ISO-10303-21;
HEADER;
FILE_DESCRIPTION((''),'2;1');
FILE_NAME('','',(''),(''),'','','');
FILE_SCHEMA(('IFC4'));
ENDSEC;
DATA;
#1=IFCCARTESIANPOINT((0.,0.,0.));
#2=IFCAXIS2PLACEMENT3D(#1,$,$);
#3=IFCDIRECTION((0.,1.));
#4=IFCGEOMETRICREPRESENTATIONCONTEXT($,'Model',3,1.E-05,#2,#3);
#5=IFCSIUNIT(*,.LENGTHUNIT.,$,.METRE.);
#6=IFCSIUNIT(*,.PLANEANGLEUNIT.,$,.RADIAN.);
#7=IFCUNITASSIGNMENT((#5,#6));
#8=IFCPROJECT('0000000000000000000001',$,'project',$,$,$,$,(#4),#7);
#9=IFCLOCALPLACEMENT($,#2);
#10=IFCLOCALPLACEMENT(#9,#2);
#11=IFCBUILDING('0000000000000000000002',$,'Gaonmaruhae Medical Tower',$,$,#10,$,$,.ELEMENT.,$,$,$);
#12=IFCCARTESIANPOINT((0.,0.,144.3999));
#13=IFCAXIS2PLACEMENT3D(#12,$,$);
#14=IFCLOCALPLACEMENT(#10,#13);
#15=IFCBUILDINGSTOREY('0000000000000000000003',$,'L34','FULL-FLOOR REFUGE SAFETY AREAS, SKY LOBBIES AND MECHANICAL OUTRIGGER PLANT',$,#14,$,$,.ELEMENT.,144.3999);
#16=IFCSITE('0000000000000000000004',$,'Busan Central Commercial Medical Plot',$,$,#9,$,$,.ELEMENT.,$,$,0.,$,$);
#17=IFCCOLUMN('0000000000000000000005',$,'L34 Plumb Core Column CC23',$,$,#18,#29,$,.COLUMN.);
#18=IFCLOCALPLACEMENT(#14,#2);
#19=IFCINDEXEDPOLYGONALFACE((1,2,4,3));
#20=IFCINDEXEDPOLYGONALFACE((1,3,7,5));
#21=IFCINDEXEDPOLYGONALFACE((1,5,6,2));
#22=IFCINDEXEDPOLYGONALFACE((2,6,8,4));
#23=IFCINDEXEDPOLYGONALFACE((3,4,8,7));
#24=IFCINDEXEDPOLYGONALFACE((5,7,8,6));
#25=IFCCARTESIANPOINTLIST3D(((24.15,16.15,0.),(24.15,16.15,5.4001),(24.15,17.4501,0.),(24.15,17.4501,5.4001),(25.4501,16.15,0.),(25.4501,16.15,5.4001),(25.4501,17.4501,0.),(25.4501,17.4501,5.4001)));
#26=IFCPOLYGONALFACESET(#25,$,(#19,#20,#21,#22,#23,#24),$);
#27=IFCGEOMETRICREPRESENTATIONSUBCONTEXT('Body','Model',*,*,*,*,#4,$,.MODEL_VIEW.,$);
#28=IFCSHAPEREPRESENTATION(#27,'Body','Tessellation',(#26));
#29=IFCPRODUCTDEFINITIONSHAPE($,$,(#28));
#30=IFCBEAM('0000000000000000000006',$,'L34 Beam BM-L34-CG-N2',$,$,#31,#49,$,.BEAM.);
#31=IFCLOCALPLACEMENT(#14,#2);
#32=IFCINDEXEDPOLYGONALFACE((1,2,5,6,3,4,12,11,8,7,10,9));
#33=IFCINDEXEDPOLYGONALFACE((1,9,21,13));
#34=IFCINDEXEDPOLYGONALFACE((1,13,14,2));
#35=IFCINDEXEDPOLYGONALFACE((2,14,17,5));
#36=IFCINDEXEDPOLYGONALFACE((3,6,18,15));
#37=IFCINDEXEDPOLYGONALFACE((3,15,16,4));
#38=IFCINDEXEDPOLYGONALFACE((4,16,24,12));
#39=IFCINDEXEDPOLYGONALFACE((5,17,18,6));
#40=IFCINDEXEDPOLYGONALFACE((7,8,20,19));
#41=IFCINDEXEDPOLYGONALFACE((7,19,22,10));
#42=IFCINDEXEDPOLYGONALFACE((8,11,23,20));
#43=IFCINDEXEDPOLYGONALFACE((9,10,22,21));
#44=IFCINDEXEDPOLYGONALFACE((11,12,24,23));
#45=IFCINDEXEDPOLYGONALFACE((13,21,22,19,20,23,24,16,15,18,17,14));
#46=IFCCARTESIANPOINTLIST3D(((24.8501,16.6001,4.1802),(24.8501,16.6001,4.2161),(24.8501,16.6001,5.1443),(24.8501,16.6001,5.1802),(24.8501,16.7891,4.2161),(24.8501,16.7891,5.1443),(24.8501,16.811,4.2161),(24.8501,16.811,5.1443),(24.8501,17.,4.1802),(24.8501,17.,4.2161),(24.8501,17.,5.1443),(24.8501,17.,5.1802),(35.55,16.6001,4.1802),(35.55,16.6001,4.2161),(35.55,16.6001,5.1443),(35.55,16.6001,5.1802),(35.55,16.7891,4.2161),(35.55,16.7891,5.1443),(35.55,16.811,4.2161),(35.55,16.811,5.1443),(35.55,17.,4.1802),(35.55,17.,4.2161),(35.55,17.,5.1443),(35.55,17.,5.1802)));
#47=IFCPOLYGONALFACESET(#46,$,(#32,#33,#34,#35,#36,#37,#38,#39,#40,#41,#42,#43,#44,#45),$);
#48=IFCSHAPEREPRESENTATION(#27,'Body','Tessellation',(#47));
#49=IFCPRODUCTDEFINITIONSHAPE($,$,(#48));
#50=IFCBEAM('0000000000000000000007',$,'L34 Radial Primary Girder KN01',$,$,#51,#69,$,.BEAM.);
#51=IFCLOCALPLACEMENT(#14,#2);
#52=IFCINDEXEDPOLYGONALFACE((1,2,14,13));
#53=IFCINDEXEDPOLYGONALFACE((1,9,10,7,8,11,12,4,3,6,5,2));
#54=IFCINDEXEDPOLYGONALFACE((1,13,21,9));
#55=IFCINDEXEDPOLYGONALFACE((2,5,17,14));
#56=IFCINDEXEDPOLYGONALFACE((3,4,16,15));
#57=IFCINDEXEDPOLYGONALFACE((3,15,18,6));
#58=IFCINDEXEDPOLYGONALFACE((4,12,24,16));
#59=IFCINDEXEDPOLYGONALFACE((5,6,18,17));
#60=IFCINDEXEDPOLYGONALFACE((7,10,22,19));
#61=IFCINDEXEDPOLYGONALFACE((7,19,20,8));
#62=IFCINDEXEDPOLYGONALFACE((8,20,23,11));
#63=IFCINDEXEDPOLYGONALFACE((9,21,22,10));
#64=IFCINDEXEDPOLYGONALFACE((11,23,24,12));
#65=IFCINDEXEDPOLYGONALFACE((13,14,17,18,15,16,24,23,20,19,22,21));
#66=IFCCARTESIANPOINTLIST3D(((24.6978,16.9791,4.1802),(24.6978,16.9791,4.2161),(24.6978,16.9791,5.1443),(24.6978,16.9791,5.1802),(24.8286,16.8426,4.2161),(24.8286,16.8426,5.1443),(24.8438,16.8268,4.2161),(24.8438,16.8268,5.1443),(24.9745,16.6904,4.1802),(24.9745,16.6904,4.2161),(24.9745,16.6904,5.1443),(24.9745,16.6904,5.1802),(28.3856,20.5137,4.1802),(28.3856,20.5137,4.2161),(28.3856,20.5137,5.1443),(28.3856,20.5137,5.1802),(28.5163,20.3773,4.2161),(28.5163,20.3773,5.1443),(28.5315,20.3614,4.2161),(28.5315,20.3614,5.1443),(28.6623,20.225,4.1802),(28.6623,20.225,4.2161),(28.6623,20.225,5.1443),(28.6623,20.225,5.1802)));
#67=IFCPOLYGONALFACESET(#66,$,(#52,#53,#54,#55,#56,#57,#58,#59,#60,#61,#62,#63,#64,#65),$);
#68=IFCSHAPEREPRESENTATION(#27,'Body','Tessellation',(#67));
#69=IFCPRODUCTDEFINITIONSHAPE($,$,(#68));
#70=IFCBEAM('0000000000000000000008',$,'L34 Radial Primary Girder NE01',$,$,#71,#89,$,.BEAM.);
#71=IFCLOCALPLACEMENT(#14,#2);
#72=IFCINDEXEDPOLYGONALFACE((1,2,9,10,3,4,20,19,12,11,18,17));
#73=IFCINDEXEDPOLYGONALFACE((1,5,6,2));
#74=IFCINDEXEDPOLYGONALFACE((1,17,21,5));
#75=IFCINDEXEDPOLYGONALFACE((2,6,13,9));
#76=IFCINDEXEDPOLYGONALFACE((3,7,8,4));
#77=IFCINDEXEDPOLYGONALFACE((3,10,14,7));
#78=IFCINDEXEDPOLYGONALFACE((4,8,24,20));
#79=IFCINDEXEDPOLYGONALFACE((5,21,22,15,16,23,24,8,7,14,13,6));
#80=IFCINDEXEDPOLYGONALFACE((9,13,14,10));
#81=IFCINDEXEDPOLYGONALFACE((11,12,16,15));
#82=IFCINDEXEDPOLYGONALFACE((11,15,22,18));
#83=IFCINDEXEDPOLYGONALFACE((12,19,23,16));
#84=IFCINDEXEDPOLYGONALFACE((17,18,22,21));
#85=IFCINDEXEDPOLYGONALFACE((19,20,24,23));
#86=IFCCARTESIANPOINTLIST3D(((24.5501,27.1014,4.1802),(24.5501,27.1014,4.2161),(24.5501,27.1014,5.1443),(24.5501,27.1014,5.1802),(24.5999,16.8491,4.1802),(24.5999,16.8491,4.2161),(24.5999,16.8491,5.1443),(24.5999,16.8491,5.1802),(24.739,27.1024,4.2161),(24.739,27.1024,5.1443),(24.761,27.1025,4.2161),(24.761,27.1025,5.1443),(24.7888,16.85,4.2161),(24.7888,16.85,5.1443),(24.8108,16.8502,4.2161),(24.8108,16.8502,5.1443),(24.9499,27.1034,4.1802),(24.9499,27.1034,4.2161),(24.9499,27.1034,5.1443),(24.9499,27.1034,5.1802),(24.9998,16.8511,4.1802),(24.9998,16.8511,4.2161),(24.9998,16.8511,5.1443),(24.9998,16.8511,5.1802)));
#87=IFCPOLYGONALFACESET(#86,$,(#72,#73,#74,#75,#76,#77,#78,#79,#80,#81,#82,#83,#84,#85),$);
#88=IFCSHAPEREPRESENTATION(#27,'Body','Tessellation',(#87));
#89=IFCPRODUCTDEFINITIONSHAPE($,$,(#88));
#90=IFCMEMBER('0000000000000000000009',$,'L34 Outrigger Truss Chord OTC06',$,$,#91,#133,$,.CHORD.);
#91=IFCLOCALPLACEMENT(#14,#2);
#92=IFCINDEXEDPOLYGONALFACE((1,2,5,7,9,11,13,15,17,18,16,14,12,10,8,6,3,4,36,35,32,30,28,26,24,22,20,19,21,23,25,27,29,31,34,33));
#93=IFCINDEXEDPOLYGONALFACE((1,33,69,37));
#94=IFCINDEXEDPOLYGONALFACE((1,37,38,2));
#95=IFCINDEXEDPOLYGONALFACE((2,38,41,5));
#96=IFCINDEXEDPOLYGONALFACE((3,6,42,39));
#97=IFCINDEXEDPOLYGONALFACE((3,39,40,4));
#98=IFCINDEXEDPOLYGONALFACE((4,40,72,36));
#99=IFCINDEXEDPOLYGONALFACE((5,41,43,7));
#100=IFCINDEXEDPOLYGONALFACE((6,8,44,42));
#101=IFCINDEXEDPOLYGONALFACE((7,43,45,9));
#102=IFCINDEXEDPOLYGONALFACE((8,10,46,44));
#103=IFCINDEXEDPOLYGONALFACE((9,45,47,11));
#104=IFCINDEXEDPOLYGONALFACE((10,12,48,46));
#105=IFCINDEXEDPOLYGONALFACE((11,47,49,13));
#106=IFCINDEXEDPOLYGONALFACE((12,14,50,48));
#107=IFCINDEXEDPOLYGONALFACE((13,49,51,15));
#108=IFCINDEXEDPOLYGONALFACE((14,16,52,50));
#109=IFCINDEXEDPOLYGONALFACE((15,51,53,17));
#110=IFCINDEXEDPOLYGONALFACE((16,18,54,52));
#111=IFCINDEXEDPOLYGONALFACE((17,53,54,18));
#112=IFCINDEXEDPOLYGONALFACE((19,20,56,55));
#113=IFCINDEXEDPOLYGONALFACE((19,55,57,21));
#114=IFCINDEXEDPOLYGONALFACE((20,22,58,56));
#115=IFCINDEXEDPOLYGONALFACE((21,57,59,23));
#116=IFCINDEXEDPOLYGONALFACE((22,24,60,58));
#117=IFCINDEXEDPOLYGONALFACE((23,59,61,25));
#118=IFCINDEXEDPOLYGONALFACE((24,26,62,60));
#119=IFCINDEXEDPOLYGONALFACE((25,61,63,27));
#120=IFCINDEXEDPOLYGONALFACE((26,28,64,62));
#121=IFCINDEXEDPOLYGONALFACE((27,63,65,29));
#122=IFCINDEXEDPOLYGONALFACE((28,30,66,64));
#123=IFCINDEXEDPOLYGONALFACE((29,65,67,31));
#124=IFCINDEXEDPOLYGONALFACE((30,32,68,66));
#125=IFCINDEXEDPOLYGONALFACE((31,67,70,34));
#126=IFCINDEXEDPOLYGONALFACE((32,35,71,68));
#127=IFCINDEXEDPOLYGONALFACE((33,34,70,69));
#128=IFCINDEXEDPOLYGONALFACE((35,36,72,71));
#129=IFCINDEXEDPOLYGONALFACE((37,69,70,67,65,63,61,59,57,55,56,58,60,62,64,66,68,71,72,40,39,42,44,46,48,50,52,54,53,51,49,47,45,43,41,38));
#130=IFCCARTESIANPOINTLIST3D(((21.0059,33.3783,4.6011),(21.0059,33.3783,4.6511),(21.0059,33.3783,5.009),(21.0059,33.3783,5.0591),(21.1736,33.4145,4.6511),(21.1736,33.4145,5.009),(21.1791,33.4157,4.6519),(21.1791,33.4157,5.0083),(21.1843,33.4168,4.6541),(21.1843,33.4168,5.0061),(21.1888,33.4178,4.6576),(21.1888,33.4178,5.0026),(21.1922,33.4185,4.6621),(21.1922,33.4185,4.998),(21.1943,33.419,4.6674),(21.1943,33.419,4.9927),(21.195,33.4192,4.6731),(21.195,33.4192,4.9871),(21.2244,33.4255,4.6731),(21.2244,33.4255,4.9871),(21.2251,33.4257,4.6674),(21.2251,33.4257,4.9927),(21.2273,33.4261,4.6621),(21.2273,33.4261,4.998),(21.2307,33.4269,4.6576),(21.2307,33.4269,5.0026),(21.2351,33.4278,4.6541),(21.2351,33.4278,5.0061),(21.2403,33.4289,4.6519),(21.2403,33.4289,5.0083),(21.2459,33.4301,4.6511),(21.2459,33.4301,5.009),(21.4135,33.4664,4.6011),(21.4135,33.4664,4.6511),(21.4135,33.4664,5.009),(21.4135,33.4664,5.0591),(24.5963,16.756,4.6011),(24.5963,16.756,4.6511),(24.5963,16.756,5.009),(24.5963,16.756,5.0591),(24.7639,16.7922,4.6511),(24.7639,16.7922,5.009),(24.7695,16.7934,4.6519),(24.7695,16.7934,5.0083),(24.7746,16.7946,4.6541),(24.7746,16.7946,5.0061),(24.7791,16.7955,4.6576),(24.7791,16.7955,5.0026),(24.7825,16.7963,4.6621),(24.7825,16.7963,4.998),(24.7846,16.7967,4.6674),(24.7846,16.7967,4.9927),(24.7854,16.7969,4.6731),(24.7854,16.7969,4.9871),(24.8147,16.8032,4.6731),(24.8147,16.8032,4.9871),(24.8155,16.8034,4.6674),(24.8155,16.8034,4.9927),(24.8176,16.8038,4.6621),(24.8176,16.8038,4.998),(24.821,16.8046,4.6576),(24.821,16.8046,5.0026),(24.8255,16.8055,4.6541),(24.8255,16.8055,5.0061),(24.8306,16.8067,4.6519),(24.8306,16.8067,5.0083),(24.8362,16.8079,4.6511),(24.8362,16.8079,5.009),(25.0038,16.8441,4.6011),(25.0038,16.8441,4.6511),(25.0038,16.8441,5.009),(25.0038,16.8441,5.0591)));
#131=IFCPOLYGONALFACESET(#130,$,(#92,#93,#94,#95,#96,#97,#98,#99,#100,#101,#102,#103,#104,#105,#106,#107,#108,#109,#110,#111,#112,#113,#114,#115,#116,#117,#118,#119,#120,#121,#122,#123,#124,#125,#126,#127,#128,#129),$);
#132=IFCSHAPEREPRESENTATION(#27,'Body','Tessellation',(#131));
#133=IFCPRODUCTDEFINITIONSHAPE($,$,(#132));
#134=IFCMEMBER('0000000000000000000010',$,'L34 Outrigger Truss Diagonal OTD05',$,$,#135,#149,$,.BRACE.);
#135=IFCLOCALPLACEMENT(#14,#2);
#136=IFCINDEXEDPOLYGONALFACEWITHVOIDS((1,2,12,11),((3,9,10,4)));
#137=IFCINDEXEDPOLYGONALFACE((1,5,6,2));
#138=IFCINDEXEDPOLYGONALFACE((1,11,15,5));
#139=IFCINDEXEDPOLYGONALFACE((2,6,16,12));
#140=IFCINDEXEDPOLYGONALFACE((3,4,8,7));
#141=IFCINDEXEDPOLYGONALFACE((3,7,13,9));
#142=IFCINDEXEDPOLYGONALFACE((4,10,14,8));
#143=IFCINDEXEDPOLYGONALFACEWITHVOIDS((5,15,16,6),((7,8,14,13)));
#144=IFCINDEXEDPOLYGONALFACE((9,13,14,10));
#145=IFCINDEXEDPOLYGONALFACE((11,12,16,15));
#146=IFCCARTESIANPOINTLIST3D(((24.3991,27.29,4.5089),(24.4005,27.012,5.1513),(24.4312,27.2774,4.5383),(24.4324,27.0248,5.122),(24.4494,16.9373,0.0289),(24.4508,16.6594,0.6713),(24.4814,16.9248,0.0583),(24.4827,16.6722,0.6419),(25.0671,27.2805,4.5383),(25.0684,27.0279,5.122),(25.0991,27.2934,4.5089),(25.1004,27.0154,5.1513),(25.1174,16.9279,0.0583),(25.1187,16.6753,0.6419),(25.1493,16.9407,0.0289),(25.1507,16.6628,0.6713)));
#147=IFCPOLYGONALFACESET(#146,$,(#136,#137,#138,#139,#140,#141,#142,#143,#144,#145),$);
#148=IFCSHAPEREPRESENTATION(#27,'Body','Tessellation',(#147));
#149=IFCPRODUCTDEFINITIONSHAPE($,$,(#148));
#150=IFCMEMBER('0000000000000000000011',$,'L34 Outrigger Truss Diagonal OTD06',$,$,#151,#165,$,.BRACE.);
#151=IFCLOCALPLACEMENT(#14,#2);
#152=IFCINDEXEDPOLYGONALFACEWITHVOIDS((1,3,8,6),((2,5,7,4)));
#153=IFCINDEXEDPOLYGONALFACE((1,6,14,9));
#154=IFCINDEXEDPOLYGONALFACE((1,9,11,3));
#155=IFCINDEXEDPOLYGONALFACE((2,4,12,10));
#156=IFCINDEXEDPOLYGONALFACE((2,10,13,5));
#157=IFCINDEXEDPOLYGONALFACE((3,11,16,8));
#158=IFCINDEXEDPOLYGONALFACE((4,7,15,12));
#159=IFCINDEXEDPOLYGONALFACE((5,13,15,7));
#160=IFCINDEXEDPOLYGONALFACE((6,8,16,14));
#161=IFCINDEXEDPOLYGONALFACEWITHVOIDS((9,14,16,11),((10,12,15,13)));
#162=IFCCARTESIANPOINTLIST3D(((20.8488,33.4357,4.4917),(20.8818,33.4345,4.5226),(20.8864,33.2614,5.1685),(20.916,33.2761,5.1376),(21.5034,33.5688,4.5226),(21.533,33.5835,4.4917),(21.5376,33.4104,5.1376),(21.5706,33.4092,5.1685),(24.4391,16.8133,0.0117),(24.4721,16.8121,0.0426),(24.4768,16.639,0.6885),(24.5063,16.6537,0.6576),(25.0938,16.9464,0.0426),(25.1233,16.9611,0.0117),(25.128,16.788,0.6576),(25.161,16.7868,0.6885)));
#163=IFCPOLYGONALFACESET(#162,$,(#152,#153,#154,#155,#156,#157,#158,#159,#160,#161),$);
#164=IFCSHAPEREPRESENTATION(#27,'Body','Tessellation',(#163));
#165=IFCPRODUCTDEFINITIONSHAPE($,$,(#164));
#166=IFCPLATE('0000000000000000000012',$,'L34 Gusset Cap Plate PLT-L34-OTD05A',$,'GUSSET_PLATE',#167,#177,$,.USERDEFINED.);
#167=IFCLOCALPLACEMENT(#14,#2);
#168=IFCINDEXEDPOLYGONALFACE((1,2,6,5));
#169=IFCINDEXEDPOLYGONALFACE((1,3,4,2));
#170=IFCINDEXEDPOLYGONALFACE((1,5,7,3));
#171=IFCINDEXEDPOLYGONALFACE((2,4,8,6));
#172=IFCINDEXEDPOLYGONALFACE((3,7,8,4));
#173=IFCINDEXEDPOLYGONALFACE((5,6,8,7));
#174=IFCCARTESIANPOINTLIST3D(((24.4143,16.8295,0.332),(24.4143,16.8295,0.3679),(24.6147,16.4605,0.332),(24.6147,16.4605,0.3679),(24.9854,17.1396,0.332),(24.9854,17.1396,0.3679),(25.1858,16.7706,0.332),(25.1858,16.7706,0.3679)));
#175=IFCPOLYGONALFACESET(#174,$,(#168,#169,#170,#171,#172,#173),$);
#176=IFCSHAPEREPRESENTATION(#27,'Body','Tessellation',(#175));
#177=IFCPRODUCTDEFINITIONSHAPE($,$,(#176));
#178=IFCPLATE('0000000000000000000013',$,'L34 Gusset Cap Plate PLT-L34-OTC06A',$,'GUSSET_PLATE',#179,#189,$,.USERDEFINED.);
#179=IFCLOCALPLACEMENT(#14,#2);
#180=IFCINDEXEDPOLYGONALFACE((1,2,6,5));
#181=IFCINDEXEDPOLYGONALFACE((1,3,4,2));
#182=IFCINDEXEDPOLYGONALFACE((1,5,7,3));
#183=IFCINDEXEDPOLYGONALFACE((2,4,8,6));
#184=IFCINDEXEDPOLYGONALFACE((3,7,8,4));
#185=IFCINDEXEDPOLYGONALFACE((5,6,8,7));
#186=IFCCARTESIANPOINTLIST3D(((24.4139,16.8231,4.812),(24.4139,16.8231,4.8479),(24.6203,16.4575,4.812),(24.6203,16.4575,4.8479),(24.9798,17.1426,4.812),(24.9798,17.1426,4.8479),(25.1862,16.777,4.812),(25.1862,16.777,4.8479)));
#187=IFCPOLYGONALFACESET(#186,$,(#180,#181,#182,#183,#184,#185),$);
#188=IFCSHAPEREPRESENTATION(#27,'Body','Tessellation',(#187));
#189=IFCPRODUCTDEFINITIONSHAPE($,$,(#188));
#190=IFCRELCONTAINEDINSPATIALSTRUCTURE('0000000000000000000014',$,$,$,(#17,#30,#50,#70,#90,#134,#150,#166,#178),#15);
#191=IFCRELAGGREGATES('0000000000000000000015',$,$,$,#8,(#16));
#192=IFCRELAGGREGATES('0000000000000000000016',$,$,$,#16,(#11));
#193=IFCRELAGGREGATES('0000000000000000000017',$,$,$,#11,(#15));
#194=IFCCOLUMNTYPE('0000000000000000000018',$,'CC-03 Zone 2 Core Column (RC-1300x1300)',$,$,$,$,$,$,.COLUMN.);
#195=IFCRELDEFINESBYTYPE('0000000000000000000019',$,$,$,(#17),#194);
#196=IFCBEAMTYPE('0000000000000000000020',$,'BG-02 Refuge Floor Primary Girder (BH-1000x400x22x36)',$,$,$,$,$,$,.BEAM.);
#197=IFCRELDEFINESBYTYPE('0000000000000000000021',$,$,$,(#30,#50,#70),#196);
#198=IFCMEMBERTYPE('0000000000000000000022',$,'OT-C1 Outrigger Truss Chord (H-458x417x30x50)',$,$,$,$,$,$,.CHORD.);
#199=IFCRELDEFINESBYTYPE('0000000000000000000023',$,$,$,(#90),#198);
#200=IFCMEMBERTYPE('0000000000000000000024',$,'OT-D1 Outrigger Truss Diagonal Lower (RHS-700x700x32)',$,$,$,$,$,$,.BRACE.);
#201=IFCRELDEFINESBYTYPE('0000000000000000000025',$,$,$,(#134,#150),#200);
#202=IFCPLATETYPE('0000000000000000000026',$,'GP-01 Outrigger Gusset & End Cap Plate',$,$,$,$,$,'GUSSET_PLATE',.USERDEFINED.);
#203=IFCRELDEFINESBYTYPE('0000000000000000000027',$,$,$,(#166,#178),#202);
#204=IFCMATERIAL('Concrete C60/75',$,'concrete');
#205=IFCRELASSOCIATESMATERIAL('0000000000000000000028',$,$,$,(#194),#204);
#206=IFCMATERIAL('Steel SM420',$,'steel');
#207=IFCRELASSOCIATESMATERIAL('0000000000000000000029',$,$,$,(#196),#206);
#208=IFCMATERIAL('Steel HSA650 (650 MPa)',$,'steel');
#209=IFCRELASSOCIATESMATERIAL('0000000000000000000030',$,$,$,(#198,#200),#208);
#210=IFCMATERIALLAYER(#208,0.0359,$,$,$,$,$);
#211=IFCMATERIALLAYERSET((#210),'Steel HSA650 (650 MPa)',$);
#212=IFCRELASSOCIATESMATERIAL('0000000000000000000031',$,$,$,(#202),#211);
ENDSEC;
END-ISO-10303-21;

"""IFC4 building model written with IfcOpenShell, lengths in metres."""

from ifc_helpers import new_model, si_unit, direction, frame, origin, origin_2d, place, context, subcontext, project, spatial, rectangle, hollow_rectangle, i_section, extrude, material, layer, layer_set, material_profile, profile_set, type_object, element, save


model = new_model("IFC4")

# Units and contexts
model_context = context("Model", 3, precision=1e-05, world=origin(), true_north=direction((0.0, 1.0)))
body_context = subcontext(model_context, "Body", "Model", "MODEL_VIEW")
ifc_project = project(units=[si_unit("LENGTHUNIT", "METRE"), si_unit("PLANEANGLEUNIT", "RADIAN")], contexts=[model_context])

# Site, building, storey
site_placement = place(None, origin())
site = spatial("IfcSite", under=ifc_project, at=site_placement, Name="Busan Central Commercial Medical Plot", CompositionType="ELEMENT", RefElevation=0.0)
building_placement = place(site_placement, origin())
building = spatial("IfcBuilding", under=site, at=building_placement, Name="Gaonmaruhae Medical Tower", CompositionType="ELEMENT")
storey_placement = place(building_placement, frame((0.0, 0.0, 144.3999)))
storey = spatial("IfcBuildingStorey", under=building, at=storey_placement, Name="L34", Description="FULL-FLOOR REFUGE SAFETY AREAS, SKY LOBBIES AND MECHANICAL OUTRIGGER PLANT", CompositionType="ELEMENT", Elevation=144.3999)

# Column
ifc_material_1 = material(Name="Concrete C60/75", Category="concrete")
ifc_material_profile_1 = material_profile(ifc_material_1, rectangle(XDim=1.3, YDim=1.3, at=origin_2d()), Name="RC-1300x1300")
ifc_profile_set_1 = profile_set([ifc_material_profile_1], Name="Concrete C60/75")
column_type = type_object("IfcColumnType", Name="CC-03 Zone 2 Core Column (RC-1300x1300)", PredefinedType="COLUMN", material=ifc_profile_set_1)
column_placement = place(storey_placement, frame((24.8, 16.8, 0.0), z_axis=(0.0, 0.0, 1.0), x_axis=(1.0, 0.0, 0.0)))
element("IfcColumn", 1, at=column_placement, inside=storey, type_object=column_type, Name="L34 Plumb Core Column CC23", PredefinedType="COLUMN", context=body_context, shape_type="SweptSolid", body=[
    extrude(rectangle(XDim=1.3, YDim=1.3, at=origin_2d()), origin(), (0.0, 0.0, 1.0), 5.4001),
])

# Beams
ifc_material_2 = material(Name="Steel SM420", Category="steel")
ifc_material_profile_2 = material_profile(ifc_material_2, i_section(OverallWidth=0.3999, OverallDepth=1.0, WebThickness=0.022, FlangeThickness=0.0359, at=origin_2d()), Name="BH-1000x400x22x36")
ifc_profile_set_2 = profile_set([ifc_material_profile_2], Name="Steel SM420")
beam_type = type_object("IfcBeamType", Name="BG-02 Refuge Floor Primary Girder (BH-1000x400x22x36)", PredefinedType="BEAM", material=ifc_profile_set_2)
beam_1_placement = place(storey_placement, frame((24.8501, 16.8, 4.6802), z_axis=(1.0, 0.0, 0.0), x_axis=(0.0, 1.0, 0.0)))
element("IfcBeam", 2, at=beam_1_placement, inside=storey, type_object=beam_type, Name="L34 Beam BM-L34-CG-N2", PredefinedType="BEAM", context=body_context, shape_type="SweptSolid", body=[
    extrude(i_section(OverallWidth=0.3999, OverallDepth=1.0, WebThickness=0.022, FlangeThickness=0.0359, at=origin_2d()), origin(), (0.0, 0.0, 1.0), 10.7),
])
beam_2_placement = place(storey_placement, frame((24.8362, 16.8347, 4.6802), z_axis=(0.721931, 0.691965, 0.0), x_axis=(-0.691965, 0.721931, 0.0)))
element("IfcBeam", 3, at=beam_2_placement, inside=storey, type_object=beam_type, Name="L34 Radial Primary Girder KN01", PredefinedType="BEAM", context=body_context, shape_type="SweptSolid", body=[
    extrude(i_section(OverallWidth=0.3999, OverallDepth=1.0, WebThickness=0.022, FlangeThickness=0.0359, at=origin_2d()), origin(), (0.0, 0.0, 1.0), 5.1082),
])
beam_3_placement = place(storey_placement, frame((24.7998, 16.8501, 4.6802), z_axis=(-0.004858, 0.999988, 0.0), x_axis=(-0.999988, -0.004858, 0.0)))
element("IfcBeam", 4, at=beam_3_placement, inside=storey, type_object=beam_type, Name="L34 Radial Primary Girder NE01", PredefinedType="BEAM", context=body_context, shape_type="SweptSolid", body=[
    extrude(i_section(OverallWidth=0.3999, OverallDepth=1.0, WebThickness=0.022, FlangeThickness=0.0359, at=origin_2d()), origin(), (0.0, 0.0, 1.0), 10.2524),
])

# Members
ifc_material_3 = material(Name="Steel HSA650 (650 MPa)", Category="steel")
ifc_material_profile_3 = material_profile(ifc_material_3, i_section(OverallWidth=0.417, OverallDepth=0.458, WebThickness=0.03, FlangeThickness=0.05, FilletRadius=0.022, at=origin_2d()), Name="H-458x417x30x50")
ifc_profile_set_3 = profile_set([ifc_material_profile_3], Name="Steel HSA650 (650 MPa)")
member_type_1 = type_object("IfcMemberType", Name="OT-C1 Outrigger Truss Chord (H-458x417x30x50)", PredefinedType="CHORD", material=ifc_profile_set_3)
member_1_placement = place(storey_placement, frame((24.8, 16.8, 4.8301), z_axis=(-0.211126, 0.977459, 0.0), x_axis=(-0.977459, -0.211126, 0.0)))
element("IfcMember", 5, at=member_1_placement, inside=storey, type_object=member_type_1, Name="L34 Outrigger Truss Chord OTC06", PredefinedType="CHORD", context=body_context, shape_type="SweptSolid", body=[
    extrude(i_section(OverallWidth=0.417, OverallDepth=0.458, WebThickness=0.03, FlangeThickness=0.05, FilletRadius=0.022, at=origin_2d()), origin(), (0.0, 0.0, 1.0), 17.0056),
])
ifc_material_profile_4 = material_profile(ifc_material_3, hollow_rectangle(XDim=0.7, YDim=0.7, WallThickness=0.032, at=origin_2d()), Name="RHS-700x700x32")
ifc_profile_set_4 = profile_set([ifc_material_profile_4], Name="Steel HSA650 (650 MPa)")
member_type_2 = type_object("IfcMemberType", Name="OT-D1 Outrigger Truss Diagonal Lower (RHS-700x700x32)", PredefinedType="BRACE", material=ifc_profile_set_4)
member_2_placement = place(storey_placement, frame((24.8, 16.8, 0.3501), z_axis=(-0.004458, 0.917744, 0.397147), x_axis=(-0.999988, -0.004858, 0.0)))
element("IfcMember", 6, at=member_2_placement, inside=storey, type_object=member_type_2, Name="L34 Outrigger Truss Diagonal OTD05", PredefinedType="BRACE", context=body_context, shape_type="SweptSolid", body=[
    extrude(hollow_rectangle(XDim=0.7, YDim=0.7, WallThickness=0.032, at=origin_2d()), origin(), (0.0, 0.0, 1.0), 11.2805),
])
member_3_placement = place(storey_placement, frame((24.8, 16.8, 0.3501), z_axis=(-0.20416, 0.94521, 0.254749), x_axis=(-0.977459, -0.211126, 0.0)))
element("IfcMember", 7, at=member_3_placement, inside=storey, type_object=member_type_2, Name="L34 Outrigger Truss Diagonal OTD06", PredefinedType="BRACE", context=body_context, shape_type="SweptSolid", body=[
    extrude(hollow_rectangle(XDim=0.7, YDim=0.7, WallThickness=0.032, at=origin_2d()), origin(), (0.0, 0.0, 1.0), 17.5859),
])

# Plates
ifc_layer_1 = layer(ifc_material_3, 0.0359)
ifc_layer_set_1 = layer_set([ifc_layer_1], Name="Steel HSA650 (650 MPa)")
plate_type = type_object("IfcPlateType", Name="GP-01 Outrigger Gusset & End Cap Plate", ElementType="GUSSET_PLATE", PredefinedType="USERDEFINED", material=ifc_layer_set_1)
for number, where, z_axis, x_axis, name in (
    (8, (24.8, 16.8, 0.332), (0.0, 0.0, 1.0), (0.878817, 0.477159, 0.0), "L34 Gusset Cap Plate PLT-L34-OTD05A"),
    (9, (24.8, 16.8, 4.812), (0.0, 0.0, 1.0), (0.870785, 0.491664, 0.0), "L34 Gusset Cap Plate PLT-L34-OTC06A"),
):
    element("IfcPlate", number, at=place(storey_placement, frame(where, z_axis=z_axis, x_axis=x_axis)), inside=storey, type_object=plate_type, Name=name, ObjectType="GUSSET_PLATE", PredefinedType="USERDEFINED", context=body_context, shape_type="SweptSolid", body=[
        extrude(rectangle(XDim=0.6499, YDim=0.4199, at=origin_2d()), origin(), (0.0, 0.0, 1.0), 0.0359),
    ])

save(model, "model.ifc")
